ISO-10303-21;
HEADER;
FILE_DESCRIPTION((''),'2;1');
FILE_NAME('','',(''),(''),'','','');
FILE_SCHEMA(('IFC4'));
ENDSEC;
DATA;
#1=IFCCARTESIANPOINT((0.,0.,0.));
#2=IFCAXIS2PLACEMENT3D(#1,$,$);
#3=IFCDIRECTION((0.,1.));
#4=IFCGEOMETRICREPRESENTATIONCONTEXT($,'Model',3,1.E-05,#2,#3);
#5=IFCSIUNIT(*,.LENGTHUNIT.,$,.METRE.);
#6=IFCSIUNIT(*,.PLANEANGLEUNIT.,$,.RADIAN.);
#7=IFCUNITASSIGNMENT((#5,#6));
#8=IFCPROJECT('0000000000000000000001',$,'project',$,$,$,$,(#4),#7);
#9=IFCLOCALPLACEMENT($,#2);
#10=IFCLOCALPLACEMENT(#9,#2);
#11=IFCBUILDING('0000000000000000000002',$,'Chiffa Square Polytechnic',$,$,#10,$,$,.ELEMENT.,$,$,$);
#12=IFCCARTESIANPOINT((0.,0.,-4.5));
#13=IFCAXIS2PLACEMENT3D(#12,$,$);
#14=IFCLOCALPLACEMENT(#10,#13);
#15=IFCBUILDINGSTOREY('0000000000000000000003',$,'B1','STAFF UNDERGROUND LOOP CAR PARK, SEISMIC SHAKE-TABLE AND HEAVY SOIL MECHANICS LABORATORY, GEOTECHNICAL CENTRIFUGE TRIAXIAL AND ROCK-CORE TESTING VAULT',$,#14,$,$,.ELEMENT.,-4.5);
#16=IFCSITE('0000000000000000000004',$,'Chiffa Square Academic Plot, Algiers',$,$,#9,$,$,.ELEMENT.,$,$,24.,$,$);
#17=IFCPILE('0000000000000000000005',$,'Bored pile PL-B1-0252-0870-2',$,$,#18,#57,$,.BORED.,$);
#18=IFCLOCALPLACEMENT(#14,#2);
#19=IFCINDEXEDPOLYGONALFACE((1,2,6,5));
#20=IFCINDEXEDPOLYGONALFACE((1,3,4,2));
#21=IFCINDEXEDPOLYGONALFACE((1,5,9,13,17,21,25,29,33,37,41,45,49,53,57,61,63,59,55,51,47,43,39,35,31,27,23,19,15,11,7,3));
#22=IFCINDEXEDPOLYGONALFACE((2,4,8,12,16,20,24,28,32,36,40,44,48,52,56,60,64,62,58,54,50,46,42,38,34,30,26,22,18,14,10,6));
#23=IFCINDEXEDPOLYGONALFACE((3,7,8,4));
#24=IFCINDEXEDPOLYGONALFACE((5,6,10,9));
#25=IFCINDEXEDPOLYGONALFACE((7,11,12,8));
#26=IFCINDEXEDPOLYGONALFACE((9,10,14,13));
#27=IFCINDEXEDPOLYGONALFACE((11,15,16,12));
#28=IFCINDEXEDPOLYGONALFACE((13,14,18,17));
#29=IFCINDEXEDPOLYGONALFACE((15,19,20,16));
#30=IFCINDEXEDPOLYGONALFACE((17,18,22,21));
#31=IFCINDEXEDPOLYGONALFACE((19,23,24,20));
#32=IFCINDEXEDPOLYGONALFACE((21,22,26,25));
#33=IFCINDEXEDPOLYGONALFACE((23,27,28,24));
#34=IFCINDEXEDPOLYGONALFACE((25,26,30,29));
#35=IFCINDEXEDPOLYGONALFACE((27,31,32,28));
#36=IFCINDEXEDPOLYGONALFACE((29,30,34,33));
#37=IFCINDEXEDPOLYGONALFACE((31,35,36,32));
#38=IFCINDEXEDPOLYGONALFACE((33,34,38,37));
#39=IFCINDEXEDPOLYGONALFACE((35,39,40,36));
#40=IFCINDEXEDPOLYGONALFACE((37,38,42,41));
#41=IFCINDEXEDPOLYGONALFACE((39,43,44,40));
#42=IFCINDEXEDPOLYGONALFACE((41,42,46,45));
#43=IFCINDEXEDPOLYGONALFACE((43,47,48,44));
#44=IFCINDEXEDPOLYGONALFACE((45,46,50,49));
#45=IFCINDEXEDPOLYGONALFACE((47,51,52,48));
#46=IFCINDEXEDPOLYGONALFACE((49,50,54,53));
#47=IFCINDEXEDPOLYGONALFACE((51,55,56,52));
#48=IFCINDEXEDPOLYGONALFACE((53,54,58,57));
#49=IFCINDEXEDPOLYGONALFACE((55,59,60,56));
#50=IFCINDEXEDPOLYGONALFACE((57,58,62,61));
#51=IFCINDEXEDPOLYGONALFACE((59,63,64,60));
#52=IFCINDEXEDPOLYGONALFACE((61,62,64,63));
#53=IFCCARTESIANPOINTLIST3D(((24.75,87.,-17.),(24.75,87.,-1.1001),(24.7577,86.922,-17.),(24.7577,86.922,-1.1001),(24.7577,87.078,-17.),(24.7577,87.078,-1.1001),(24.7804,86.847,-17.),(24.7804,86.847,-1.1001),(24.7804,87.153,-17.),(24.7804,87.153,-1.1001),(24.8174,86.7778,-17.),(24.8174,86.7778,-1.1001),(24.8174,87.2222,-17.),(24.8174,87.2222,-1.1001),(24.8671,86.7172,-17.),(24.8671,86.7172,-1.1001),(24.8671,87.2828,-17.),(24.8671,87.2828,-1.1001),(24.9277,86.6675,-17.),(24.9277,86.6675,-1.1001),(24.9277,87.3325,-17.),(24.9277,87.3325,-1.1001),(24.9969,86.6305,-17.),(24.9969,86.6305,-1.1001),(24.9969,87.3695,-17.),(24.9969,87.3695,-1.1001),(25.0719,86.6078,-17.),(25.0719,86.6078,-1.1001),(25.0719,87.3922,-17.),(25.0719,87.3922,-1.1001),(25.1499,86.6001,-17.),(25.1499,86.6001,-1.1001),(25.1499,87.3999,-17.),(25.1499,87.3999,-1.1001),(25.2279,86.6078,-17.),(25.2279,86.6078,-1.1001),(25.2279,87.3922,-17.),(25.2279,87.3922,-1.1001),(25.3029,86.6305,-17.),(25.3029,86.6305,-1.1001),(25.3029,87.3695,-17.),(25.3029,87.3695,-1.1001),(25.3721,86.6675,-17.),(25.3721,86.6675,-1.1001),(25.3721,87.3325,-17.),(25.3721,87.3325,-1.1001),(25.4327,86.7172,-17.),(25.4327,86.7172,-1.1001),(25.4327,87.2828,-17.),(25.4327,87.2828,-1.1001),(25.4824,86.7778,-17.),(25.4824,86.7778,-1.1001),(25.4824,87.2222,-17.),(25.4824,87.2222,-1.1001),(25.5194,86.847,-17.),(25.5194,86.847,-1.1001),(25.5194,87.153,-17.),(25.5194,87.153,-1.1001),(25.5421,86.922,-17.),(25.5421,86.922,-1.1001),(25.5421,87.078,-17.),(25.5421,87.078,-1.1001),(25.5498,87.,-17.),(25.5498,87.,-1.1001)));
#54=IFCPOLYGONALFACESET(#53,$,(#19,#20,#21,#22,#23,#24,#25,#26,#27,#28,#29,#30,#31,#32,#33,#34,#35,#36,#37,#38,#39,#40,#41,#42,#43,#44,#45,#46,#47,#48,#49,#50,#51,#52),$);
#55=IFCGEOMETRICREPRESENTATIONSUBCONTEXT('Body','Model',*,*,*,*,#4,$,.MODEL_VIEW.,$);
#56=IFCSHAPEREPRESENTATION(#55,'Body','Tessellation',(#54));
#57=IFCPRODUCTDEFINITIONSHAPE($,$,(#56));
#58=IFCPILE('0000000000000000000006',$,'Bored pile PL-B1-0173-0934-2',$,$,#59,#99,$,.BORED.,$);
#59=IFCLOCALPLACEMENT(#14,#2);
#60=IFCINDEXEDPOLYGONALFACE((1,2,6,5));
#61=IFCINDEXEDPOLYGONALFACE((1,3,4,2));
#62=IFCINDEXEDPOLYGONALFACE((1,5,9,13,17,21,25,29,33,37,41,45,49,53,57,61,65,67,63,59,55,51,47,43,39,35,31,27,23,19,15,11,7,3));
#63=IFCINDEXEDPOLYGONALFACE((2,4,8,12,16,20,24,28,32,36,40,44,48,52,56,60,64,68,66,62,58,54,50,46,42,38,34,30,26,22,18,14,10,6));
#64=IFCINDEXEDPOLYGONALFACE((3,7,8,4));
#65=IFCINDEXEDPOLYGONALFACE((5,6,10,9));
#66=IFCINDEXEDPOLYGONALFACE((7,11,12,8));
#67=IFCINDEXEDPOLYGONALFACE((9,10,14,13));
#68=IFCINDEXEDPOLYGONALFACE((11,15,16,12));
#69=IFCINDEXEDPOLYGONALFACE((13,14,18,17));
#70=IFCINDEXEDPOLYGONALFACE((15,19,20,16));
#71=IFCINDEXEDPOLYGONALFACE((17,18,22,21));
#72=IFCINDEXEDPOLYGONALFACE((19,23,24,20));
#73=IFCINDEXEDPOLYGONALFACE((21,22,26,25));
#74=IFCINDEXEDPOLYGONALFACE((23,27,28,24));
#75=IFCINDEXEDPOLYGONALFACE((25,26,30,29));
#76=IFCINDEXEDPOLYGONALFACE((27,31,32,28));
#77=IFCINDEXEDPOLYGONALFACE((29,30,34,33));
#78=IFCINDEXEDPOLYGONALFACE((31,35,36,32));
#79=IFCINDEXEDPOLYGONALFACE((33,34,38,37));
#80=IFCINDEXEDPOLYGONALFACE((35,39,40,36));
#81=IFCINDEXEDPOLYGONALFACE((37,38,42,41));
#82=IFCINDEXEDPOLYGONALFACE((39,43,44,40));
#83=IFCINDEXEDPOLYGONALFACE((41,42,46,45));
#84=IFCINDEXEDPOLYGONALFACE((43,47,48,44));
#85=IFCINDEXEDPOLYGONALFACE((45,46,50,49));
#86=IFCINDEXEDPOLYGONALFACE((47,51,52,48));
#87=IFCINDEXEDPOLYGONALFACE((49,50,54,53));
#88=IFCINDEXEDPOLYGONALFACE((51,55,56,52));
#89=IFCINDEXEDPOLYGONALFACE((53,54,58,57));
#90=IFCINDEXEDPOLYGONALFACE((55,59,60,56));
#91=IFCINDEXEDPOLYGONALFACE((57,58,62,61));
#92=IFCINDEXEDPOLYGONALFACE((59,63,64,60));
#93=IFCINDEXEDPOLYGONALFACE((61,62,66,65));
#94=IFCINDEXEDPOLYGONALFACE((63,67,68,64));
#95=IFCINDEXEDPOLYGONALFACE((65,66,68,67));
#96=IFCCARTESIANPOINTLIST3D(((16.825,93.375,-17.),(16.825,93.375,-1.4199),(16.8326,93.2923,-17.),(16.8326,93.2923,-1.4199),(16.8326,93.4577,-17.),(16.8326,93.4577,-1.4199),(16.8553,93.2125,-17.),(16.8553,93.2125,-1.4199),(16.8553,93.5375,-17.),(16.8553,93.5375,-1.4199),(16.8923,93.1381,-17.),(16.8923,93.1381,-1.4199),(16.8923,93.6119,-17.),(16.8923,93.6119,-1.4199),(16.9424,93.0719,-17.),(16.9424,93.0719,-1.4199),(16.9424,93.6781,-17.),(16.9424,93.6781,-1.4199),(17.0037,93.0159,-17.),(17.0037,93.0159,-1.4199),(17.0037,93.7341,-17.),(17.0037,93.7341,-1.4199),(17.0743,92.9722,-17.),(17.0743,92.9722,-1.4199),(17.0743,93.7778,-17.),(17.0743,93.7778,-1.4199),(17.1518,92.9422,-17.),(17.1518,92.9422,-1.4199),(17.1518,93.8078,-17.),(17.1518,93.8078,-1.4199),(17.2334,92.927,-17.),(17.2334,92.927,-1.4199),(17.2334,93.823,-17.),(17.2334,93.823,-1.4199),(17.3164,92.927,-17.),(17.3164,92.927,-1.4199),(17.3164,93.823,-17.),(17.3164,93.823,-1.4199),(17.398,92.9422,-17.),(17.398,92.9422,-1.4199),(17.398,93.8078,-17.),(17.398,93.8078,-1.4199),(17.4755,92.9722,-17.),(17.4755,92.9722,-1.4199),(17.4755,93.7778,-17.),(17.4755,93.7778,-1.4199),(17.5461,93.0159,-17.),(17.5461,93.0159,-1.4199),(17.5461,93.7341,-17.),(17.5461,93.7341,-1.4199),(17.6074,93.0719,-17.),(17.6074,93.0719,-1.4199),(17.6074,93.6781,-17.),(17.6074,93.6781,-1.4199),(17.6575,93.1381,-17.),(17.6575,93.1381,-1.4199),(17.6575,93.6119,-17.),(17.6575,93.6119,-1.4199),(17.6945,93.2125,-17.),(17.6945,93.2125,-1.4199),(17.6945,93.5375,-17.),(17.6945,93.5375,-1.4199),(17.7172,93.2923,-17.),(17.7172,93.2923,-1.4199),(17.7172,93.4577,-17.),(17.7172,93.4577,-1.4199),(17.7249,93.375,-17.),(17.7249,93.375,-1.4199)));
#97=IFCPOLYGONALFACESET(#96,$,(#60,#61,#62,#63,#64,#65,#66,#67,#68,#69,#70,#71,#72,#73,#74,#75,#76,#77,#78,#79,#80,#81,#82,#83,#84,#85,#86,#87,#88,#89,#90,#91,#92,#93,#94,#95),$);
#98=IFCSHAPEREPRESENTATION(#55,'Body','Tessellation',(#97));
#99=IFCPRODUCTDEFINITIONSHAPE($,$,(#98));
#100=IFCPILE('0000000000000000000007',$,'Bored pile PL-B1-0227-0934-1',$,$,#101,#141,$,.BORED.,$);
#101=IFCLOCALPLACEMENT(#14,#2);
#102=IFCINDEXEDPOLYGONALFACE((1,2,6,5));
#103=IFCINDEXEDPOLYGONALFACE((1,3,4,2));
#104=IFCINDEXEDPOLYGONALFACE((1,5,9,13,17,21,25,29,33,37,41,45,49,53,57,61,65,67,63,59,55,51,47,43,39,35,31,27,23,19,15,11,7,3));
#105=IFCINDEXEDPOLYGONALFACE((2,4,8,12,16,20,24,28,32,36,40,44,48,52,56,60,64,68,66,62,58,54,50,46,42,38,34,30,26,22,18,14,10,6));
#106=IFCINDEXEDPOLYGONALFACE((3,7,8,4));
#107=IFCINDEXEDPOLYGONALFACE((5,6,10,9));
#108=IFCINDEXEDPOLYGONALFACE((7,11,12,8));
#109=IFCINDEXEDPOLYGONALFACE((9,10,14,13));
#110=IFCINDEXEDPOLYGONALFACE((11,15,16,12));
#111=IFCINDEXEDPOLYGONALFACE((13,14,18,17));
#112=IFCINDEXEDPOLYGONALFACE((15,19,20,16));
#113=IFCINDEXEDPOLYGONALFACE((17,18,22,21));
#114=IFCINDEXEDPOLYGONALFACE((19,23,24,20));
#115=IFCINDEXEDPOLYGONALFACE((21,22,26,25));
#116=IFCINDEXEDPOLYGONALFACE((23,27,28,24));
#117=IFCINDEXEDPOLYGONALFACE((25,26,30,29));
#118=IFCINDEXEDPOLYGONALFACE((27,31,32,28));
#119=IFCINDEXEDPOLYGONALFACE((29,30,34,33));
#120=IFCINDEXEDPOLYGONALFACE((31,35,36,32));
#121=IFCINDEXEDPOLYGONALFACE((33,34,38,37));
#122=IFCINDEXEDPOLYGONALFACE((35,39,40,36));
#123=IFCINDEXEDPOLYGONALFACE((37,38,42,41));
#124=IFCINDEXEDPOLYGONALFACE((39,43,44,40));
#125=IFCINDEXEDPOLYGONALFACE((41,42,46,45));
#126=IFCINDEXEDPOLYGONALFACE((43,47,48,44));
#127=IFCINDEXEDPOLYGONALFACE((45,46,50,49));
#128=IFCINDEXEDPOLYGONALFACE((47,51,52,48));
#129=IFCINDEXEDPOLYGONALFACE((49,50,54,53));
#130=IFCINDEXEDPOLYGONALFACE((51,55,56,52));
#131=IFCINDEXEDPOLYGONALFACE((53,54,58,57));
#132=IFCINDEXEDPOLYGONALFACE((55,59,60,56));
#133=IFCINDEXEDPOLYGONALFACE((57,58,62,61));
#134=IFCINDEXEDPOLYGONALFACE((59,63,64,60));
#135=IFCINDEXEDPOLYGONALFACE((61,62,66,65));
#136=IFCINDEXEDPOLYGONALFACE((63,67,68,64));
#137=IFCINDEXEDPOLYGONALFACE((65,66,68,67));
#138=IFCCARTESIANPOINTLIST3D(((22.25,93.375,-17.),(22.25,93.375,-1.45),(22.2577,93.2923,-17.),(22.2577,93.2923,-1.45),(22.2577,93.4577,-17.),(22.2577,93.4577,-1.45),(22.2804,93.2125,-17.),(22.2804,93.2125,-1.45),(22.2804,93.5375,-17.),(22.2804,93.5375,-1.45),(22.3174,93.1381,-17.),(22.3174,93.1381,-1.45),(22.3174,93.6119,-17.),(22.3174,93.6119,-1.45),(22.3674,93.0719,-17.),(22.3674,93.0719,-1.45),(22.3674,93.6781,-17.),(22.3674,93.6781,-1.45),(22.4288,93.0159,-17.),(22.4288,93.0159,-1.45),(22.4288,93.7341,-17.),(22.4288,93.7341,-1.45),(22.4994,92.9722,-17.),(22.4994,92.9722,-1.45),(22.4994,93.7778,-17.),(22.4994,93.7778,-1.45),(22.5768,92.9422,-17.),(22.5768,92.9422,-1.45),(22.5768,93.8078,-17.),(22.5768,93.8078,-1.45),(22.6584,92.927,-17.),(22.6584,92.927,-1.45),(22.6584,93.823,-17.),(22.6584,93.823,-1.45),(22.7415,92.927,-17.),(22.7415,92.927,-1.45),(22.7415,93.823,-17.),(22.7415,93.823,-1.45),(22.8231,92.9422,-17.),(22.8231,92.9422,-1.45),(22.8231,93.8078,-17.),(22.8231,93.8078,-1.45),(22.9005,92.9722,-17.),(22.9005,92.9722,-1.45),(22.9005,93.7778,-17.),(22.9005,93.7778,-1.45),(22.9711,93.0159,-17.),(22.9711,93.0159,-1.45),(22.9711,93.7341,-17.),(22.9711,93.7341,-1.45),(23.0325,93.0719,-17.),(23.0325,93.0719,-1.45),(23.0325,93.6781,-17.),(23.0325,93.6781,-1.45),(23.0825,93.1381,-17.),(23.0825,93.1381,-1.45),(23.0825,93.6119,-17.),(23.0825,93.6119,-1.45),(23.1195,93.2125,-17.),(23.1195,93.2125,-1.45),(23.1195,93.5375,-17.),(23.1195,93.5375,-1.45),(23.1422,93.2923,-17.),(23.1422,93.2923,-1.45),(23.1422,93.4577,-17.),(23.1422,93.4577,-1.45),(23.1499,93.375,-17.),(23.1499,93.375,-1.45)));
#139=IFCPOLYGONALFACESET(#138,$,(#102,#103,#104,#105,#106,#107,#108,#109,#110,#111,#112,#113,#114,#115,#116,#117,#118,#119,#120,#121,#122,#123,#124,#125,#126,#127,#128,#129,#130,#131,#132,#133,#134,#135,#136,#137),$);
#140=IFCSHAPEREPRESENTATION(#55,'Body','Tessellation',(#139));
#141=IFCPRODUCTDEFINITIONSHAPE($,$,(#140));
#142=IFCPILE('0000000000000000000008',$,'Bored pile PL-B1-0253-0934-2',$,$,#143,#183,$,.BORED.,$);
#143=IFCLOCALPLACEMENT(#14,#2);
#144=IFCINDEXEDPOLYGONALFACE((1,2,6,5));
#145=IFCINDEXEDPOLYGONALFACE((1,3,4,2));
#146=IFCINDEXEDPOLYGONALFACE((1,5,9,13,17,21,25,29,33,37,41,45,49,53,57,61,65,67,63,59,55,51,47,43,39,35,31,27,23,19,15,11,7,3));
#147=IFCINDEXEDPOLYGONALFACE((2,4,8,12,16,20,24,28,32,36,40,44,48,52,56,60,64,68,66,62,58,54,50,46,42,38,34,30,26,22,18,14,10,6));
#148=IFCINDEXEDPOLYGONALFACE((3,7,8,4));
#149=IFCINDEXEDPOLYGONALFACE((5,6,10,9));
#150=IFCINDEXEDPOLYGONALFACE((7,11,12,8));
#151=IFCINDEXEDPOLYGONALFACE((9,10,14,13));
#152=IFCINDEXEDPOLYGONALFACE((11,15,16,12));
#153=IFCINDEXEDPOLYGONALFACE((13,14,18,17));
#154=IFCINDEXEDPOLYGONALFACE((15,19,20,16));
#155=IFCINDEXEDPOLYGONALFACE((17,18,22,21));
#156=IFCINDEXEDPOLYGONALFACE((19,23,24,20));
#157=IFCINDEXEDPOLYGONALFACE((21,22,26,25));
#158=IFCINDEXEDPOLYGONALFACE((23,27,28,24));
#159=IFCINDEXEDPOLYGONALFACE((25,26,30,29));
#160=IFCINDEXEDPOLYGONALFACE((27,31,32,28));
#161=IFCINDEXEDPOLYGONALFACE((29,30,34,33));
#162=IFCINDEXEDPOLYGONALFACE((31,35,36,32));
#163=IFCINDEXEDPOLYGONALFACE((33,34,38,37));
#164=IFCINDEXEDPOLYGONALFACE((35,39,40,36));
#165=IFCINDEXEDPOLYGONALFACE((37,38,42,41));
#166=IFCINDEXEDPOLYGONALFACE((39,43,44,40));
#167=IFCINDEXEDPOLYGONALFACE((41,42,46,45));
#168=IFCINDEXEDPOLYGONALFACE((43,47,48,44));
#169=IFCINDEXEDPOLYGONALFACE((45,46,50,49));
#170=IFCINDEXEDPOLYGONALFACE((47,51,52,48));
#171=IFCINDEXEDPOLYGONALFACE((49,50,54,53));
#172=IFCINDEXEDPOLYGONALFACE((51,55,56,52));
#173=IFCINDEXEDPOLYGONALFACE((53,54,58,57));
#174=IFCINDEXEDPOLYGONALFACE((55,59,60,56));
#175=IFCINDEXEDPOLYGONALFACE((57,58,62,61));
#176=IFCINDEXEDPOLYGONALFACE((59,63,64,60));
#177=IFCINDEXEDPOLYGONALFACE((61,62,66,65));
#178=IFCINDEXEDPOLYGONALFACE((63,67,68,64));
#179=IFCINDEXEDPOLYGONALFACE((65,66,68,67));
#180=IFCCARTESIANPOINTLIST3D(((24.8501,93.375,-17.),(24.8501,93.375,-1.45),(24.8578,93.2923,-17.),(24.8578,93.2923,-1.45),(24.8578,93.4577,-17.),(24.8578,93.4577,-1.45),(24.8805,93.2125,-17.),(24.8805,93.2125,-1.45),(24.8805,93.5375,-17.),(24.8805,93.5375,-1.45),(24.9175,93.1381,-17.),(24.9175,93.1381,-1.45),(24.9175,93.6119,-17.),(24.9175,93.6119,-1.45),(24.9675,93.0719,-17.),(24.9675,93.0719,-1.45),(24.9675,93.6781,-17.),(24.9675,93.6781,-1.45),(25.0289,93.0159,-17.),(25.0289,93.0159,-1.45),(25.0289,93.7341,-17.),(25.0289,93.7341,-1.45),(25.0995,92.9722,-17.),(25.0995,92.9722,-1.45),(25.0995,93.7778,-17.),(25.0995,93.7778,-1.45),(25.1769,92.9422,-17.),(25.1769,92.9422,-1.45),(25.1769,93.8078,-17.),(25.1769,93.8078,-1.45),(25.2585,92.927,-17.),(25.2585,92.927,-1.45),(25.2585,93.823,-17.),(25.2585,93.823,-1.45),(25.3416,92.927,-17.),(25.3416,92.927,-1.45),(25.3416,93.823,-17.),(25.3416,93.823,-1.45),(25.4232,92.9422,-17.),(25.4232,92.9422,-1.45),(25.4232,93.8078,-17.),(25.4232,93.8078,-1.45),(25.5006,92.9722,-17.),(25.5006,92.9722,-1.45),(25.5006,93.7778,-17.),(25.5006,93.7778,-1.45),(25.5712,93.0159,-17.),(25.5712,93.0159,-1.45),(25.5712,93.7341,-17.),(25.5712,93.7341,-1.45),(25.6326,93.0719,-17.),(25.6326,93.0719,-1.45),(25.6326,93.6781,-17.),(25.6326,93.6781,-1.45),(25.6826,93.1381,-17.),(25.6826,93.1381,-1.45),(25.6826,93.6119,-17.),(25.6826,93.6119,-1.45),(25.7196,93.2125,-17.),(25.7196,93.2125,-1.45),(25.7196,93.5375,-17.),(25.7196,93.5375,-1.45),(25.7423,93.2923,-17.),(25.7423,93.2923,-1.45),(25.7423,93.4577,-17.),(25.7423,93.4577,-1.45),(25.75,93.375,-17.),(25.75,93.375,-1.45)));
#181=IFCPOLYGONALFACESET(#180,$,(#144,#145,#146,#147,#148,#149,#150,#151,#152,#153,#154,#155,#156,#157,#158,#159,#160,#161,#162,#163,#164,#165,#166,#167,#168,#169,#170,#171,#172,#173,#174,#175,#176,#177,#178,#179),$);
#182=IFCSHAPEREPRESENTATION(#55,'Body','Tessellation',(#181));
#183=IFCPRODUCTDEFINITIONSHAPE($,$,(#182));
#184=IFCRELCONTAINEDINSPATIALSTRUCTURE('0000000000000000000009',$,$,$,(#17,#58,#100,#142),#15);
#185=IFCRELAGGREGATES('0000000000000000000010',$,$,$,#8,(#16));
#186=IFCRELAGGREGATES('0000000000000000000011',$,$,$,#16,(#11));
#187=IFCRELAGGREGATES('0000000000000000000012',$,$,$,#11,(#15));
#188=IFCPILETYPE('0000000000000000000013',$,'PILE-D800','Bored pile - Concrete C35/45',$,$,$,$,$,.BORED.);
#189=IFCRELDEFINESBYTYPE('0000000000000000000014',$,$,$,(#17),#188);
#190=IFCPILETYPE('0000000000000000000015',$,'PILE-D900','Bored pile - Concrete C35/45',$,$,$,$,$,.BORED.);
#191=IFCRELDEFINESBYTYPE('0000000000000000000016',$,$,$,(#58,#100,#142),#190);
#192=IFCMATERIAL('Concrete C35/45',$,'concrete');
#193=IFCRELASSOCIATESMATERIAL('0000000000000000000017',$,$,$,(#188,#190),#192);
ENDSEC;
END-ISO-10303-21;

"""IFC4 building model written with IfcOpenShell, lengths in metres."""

from ifc_helpers import new_model, si_unit, direction, frame, origin, origin_2d, place, context, subcontext, project, spatial, circle, extrude, material, material_profile, profile_set, type_object, element, save


model = new_model("IFC4")

# Units and contexts
model_context = context("Model", 3, precision=1e-05, world=origin(), true_north=direction((0.0, 1.0)))
body_context = subcontext(model_context, "Body", "Model", "MODEL_VIEW")
ifc_project = project(units=[si_unit("LENGTHUNIT", "METRE"), si_unit("PLANEANGLEUNIT", "RADIAN")], contexts=[model_context])

# Site, building, storey
site_placement = place(None, origin())
site = spatial("IfcSite", under=ifc_project, at=site_placement, Name="Chiffa Square Academic Plot, Algiers", CompositionType="ELEMENT", RefElevation=24.0)
building_placement = place(site_placement, origin())
building = spatial("IfcBuilding", under=site, at=building_placement, Name="Chiffa Square Polytechnic", CompositionType="ELEMENT")
storey_placement = place(building_placement, frame((0.0, 0.0, -4.5)))
storey = spatial("IfcBuildingStorey", under=building, at=storey_placement, Name="B1", Description="STAFF UNDERGROUND LOOP CAR PARK, SEISMIC SHAKE-TABLE AND HEAVY SOIL MECHANICS LABORATORY, GEOTECHNICAL CENTRIFUGE TRIAXIAL AND ROCK-CORE TESTING VAULT", CompositionType="ELEMENT", Elevation=-4.5)

# Shared definitions
ifc_material_1 = material(Name="Concrete C35/45", Category="concrete")

# Piles
ifc_material_profile_1 = material_profile(ifc_material_1, circle(Radius=0.3999, at=origin_2d()), Name="PILE D800")
ifc_profile_set_1 = profile_set([ifc_material_profile_1], Name="Concrete C35/45")
pile_type_1 = type_object("IfcPileType", Name="PILE-D800", Description="Bored pile - Concrete C35/45", PredefinedType="BORED", material=ifc_profile_set_1)
for number, where, z_axis, x_axis, name in (
    (1, (25.1499, 87.0, -1.1001), (0.0, 0.0, -1.0), (1.0, 0.0, 0.0), "Bored pile PL-B1-0252-0870-2"),
):
    element("IfcPile", number, at=place(storey_placement, frame(where, z_axis=z_axis, x_axis=x_axis)), inside=storey, type_object=pile_type_1, Name=name, PredefinedType="BORED", context=body_context, shape_type="SweptSolid", body=[
        extrude(circle(Radius=0.3999, at=origin_2d()), origin(), (0.0, 0.0, 1.0), 15.8999),
    ])
ifc_material_profile_2 = material_profile(ifc_material_1, circle(Radius=0.45, at=origin_2d()), Name="PILE D900")
ifc_profile_set_2 = profile_set([ifc_material_profile_2], Name="Concrete C35/45")
pile_type_2 = type_object("IfcPileType", Name="PILE-D900", Description="Bored pile - Concrete C35/45", PredefinedType="BORED", material=ifc_profile_set_2)
pile_1_placement = place(storey_placement, frame((17.2749, 93.375, -1.4199), z_axis=(0.0, 0.0, -1.0), x_axis=(1.0, 0.0, 0.0)))
element("IfcPile", 2, at=pile_1_placement, inside=storey, type_object=pile_type_2, Name="Bored pile PL-B1-0173-0934-2", PredefinedType="BORED", context=body_context, shape_type="SweptSolid", body=[
    extrude(circle(Radius=0.45, at=origin_2d()), origin(), (0.0, 0.0, 1.0), 15.5801),
])
for number, where, z_axis, x_axis, name in (
    (3, (22.7, 93.375, -1.45), (0.0, 0.0, -1.0), (1.0, 0.0, 0.0), "Bored pile PL-B1-0227-0934-1"),
    (4, (25.3, 93.375, -1.45), (0.0, 0.0, -1.0), (1.0, 0.0, 0.0), "Bored pile PL-B1-0253-0934-2"),
):
    element("IfcPile", number, at=place(storey_placement, frame(where, z_axis=z_axis, x_axis=x_axis)), inside=storey, type_object=pile_type_2, Name=name, PredefinedType="BORED", context=body_context, shape_type="SweptSolid", body=[
        extrude(circle(Radius=0.45, at=origin_2d()), origin(), (0.0, 0.0, 1.0), 15.55),
    ])

save(model, "model.ifc")
